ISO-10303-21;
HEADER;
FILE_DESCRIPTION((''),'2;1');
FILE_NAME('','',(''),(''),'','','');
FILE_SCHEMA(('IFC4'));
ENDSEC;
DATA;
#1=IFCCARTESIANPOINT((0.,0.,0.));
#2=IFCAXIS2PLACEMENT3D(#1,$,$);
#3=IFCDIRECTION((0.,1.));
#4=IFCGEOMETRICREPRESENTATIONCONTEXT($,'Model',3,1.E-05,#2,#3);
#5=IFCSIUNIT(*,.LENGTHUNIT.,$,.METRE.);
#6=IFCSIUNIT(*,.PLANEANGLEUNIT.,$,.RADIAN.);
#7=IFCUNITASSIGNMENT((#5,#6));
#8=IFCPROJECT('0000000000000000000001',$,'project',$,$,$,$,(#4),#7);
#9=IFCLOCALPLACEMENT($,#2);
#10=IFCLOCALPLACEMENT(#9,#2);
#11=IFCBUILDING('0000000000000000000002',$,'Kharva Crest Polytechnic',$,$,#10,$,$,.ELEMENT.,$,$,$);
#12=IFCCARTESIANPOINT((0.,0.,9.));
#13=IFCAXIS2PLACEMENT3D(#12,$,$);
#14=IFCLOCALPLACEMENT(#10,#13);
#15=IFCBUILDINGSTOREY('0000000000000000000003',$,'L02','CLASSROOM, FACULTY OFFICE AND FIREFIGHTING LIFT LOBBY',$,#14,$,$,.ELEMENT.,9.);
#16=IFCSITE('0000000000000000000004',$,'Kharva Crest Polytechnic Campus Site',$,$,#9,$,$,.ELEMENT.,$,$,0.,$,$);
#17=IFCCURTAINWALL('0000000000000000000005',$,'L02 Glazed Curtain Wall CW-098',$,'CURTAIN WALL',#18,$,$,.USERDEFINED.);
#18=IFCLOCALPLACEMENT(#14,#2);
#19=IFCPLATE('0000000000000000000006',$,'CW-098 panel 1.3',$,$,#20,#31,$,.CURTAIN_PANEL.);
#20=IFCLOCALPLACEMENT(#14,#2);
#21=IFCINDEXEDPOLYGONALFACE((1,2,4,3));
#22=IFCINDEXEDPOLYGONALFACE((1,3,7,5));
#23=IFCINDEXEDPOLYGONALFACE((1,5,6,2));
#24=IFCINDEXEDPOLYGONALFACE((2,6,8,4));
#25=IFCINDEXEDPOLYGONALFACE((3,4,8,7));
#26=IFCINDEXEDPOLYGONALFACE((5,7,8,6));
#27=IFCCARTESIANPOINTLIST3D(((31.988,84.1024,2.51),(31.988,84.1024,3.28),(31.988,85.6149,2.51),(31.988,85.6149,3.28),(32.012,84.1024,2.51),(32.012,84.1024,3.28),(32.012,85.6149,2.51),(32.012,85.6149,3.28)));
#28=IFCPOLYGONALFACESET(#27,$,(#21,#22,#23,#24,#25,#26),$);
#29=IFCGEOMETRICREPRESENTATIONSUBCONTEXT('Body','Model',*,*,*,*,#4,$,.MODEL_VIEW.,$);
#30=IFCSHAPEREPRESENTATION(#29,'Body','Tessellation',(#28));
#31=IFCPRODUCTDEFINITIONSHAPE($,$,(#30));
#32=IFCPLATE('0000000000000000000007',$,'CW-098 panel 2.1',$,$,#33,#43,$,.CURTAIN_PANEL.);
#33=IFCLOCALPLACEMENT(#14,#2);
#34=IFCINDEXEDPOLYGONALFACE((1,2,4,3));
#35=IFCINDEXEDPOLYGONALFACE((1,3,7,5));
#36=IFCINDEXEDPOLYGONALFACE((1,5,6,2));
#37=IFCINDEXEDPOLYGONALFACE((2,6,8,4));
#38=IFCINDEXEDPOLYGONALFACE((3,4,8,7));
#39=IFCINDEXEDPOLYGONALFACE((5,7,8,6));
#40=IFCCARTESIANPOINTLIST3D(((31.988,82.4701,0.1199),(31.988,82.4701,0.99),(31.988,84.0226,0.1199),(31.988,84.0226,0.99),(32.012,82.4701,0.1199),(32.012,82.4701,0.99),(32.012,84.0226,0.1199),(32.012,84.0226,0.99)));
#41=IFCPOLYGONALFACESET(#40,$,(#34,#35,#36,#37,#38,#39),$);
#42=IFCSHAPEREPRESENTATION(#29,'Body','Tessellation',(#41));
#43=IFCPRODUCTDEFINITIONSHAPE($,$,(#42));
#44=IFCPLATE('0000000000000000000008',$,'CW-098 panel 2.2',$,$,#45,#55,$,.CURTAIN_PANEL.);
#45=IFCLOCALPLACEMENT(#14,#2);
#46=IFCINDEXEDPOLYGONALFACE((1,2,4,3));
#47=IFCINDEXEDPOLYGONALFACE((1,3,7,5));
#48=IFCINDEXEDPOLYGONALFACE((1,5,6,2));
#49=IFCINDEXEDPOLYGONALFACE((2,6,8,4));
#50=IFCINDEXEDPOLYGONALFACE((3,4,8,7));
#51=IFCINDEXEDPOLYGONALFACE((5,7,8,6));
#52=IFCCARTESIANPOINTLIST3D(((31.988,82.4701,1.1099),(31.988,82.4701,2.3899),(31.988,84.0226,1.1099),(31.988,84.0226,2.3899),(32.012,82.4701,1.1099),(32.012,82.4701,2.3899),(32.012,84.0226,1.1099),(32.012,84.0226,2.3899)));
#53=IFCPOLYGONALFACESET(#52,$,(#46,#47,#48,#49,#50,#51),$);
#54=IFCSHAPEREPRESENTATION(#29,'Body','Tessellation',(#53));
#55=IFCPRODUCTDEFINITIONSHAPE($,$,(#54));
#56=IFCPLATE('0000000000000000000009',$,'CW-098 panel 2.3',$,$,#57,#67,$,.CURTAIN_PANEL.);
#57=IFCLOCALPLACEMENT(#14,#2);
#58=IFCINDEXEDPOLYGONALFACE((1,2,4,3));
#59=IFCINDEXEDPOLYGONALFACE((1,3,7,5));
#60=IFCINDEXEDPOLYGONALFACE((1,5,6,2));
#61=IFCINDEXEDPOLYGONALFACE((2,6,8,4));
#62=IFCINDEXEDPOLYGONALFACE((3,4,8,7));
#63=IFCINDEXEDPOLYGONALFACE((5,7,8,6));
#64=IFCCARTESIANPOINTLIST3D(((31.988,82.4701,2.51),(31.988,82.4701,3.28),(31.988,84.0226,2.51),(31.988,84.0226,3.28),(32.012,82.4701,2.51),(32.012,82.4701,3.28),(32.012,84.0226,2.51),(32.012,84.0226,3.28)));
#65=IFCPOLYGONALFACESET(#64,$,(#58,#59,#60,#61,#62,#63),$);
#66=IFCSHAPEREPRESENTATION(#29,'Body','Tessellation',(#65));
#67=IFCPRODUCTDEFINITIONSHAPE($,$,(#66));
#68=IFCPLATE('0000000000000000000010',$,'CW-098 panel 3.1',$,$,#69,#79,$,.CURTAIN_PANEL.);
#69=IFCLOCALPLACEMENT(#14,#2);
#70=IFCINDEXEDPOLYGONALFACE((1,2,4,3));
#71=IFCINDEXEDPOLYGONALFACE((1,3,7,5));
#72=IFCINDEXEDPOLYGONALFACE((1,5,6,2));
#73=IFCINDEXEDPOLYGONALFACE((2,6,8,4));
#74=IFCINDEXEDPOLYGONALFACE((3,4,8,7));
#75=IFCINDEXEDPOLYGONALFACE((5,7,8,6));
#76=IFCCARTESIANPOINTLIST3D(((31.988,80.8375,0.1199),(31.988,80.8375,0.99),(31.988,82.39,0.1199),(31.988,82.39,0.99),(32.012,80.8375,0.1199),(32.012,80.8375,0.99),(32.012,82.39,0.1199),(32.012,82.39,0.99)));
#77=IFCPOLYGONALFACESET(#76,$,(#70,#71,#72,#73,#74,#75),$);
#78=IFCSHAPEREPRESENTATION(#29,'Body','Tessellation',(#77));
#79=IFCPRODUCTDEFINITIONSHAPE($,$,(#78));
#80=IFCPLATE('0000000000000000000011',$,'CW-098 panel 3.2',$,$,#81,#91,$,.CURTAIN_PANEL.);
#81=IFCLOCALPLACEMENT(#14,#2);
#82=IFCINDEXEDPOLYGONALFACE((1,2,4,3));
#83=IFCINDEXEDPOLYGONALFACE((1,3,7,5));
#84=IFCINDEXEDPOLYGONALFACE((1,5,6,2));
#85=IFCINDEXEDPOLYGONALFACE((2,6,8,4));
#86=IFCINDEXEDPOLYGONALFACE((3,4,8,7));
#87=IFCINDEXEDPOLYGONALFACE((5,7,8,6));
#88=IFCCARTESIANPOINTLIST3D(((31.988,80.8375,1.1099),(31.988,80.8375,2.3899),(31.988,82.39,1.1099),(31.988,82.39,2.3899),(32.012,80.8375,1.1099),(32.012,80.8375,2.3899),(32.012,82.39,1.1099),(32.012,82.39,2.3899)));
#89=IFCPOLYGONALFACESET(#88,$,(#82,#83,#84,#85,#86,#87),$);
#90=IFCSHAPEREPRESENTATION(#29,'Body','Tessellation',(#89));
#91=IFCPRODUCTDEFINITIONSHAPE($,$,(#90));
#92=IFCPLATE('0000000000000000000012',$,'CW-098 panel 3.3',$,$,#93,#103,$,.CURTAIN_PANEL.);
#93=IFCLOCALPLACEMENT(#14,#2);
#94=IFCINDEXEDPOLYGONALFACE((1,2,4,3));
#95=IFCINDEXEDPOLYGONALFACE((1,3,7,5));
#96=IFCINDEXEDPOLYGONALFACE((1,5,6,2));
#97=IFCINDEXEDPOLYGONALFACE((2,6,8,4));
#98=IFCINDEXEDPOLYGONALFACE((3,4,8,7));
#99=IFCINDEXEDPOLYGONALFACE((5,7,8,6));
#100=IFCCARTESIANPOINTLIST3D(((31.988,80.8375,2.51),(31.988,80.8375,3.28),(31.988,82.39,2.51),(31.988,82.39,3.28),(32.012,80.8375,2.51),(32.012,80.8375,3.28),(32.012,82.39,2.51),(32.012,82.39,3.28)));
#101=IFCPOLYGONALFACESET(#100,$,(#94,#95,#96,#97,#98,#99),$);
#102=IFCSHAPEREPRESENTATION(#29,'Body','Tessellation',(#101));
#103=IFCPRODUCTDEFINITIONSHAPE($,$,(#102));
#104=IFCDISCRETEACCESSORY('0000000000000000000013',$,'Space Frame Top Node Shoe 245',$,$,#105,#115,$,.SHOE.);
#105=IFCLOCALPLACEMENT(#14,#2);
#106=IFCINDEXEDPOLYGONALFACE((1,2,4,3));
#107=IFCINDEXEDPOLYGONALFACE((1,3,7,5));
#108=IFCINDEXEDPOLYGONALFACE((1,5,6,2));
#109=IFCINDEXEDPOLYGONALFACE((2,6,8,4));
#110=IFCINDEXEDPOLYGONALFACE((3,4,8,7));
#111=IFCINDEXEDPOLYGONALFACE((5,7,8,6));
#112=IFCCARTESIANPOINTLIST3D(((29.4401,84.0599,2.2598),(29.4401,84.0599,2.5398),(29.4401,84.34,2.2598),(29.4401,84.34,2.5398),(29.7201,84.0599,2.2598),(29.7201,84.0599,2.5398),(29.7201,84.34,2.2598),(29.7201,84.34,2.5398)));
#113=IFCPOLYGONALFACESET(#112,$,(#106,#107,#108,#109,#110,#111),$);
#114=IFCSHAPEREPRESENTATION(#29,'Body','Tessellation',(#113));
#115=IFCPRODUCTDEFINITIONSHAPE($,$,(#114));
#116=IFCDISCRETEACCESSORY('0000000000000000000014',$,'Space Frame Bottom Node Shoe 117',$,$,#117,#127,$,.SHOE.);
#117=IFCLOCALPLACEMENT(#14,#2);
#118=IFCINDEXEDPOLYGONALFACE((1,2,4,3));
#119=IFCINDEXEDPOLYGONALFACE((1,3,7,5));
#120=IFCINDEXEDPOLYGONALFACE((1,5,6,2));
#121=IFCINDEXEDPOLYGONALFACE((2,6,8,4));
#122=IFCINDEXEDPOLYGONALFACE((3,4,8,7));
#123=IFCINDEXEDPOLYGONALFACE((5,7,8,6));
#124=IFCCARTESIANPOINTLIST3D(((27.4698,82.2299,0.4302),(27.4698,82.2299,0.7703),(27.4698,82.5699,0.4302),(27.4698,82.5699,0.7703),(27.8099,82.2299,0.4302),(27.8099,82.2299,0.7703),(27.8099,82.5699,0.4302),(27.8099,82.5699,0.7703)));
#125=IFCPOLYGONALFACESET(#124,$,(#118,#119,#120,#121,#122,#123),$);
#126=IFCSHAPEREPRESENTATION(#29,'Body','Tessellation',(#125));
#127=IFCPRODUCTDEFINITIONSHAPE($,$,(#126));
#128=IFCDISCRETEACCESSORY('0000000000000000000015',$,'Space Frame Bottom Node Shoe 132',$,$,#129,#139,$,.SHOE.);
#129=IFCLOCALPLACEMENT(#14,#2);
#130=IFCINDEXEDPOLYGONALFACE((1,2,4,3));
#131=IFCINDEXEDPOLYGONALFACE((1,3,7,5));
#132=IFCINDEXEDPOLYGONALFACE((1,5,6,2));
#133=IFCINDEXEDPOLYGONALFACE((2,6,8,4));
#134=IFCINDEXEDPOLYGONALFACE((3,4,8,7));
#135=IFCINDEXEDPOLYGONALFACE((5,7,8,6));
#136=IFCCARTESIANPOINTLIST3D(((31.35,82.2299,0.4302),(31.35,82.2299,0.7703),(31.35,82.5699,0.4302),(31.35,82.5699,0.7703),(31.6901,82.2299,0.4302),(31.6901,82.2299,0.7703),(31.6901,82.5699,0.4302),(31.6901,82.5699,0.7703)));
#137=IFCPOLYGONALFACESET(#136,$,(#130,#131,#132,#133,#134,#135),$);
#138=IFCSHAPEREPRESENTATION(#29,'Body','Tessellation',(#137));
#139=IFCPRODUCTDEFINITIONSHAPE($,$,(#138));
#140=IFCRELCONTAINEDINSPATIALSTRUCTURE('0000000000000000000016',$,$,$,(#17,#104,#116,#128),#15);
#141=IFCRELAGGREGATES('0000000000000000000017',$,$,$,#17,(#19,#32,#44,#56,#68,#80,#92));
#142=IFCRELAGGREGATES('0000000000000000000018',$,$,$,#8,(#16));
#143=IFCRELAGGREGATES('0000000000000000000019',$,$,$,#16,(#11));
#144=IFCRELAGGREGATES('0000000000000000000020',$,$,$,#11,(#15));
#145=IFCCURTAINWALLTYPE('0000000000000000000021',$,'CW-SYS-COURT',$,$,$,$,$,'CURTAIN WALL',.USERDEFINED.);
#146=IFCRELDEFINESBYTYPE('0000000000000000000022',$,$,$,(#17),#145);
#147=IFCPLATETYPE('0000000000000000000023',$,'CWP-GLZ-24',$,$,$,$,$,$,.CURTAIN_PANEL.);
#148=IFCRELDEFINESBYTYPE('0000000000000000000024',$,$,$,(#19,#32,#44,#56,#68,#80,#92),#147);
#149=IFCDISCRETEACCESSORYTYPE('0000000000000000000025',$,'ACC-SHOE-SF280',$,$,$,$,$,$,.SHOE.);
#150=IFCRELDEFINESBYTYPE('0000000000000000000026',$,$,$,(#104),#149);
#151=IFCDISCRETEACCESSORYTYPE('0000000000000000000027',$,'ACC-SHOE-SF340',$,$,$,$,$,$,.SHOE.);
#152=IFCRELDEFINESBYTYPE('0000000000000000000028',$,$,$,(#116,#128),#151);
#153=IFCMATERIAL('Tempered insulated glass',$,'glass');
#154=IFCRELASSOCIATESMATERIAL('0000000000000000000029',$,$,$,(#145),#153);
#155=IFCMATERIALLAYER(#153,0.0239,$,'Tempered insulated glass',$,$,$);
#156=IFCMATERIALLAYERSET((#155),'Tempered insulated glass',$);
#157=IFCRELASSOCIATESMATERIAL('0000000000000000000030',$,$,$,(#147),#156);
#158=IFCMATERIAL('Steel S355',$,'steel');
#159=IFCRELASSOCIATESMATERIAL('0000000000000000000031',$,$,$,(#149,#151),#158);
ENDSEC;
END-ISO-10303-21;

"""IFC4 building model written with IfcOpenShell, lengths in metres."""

from ifc_helpers import new_model, si_unit, direction, frame, origin, origin_2d, place, context, subcontext, project, spatial, rectangle, extrude, material, layer, layer_set, type_object, element, aggregate, save


model = new_model("IFC4")

# Units and contexts
model_context = context("Model", 3, precision=1e-05, world=origin(), true_north=direction((0.0, 1.0)))
body_context = subcontext(model_context, "Body", "Model", "MODEL_VIEW")
ifc_project = project(units=[si_unit("LENGTHUNIT", "METRE"), si_unit("PLANEANGLEUNIT", "RADIAN")], contexts=[model_context])

# Site, building, storey
site_placement = place(None, origin())
site = spatial("IfcSite", under=ifc_project, at=site_placement, Name="Kharva Crest Polytechnic Campus Site", CompositionType="ELEMENT", RefElevation=0.0)
building_placement = place(site_placement, origin())
building = spatial("IfcBuilding", under=site, at=building_placement, Name="Kharva Crest Polytechnic", CompositionType="ELEMENT")
storey_placement = place(building_placement, frame((0.0, 0.0, 9.0)))
storey = spatial("IfcBuildingStorey", under=building, at=storey_placement, Name="L02", Description="CLASSROOM, FACULTY OFFICE AND FIREFIGHTING LIFT LOBBY", CompositionType="ELEMENT", Elevation=9.0)

# Shared definitions
ifc_material_1 = material(Name="Steel S355", Category="steel")

# Curtain wall
ifc_material_2 = material(Name="Tempered insulated glass", Category="glass")
curtain_wall_type = type_object("IfcCurtainWallType", Name="CW-SYS-COURT", ElementType="CURTAIN WALL", PredefinedType="USERDEFINED", material=ifc_material_2)
curtain_wall_placement = place(storey_placement, origin())
curtain_wall = element("IfcCurtainWall", 1, at=curtain_wall_placement, inside=storey, type_object=curtain_wall_type, Name="L02 Glazed Curtain Wall CW-098", ObjectType="CURTAIN WALL", PredefinedType="USERDEFINED")

# Plates
ifc_layer = layer(ifc_material_2, 0.0239, Name="Tempered insulated glass")
ifc_layer_set = layer_set([ifc_layer], Name="Tempered insulated glass")
plate_type = type_object("IfcPlateType", Name="CWP-GLZ-24", PredefinedType="CURTAIN_PANEL", material=ifc_layer_set)
plate_1_placement = place(storey_placement, frame((32.0, 84.8586, 2.51), z_axis=(0.0, 0.0, 1.0), x_axis=(0.0, -1.0, 0.0)))
plate_1 = element("IfcPlate", 2, at=plate_1_placement, type_object=plate_type, Name="CW-098 panel 1.3", PredefinedType="CURTAIN_PANEL", context=body_context, shape_type="SweptSolid", body=[
    extrude(rectangle(XDim=1.5125, YDim=0.0239, at=origin_2d()), origin(), (0.0, 0.0, 1.0), 0.77),
])
plate_2_placement = place(storey_placement, frame((32.0, 83.2463, 0.1199), z_axis=(0.0, 0.0, 1.0), x_axis=(0.0, -1.0, 0.0)))
plate_2 = element("IfcPlate", 3, at=plate_2_placement, type_object=plate_type, Name="CW-098 panel 2.1", PredefinedType="CURTAIN_PANEL", context=body_context, shape_type="SweptSolid", body=[
    extrude(rectangle(XDim=1.5525, YDim=0.0239, at=origin_2d()), origin(), (0.0, 0.0, 1.0), 0.8701),
])
plate_3_placement = place(storey_placement, frame((32.0, 83.2463, 1.1099), z_axis=(0.0, 0.0, 1.0), x_axis=(0.0, -1.0, 0.0)))
plate_3 = element("IfcPlate", 4, at=plate_3_placement, type_object=plate_type, Name="CW-098 panel 2.2", PredefinedType="CURTAIN_PANEL", context=body_context, shape_type="SweptSolid", body=[
    extrude(rectangle(XDim=1.5525, YDim=0.0239, at=origin_2d()), origin(), (0.0, 0.0, 1.0), 1.28),
])
plate_4_placement = place(storey_placement, frame((32.0, 83.2463, 2.51), z_axis=(0.0, 0.0, 1.0), x_axis=(0.0, -1.0, 0.0)))
plate_4 = element("IfcPlate", 5, at=plate_4_placement, type_object=plate_type, Name="CW-098 panel 2.3", PredefinedType="CURTAIN_PANEL", context=body_context, shape_type="SweptSolid", body=[
    extrude(rectangle(XDim=1.5525, YDim=0.0239, at=origin_2d()), origin(), (0.0, 0.0, 1.0), 0.77),
])
plate_5_placement = place(storey_placement, frame((32.0, 81.6138, 0.1199), z_axis=(0.0, 0.0, 1.0), x_axis=(0.0, -1.0, 0.0)))
plate_5 = element("IfcPlate", 6, at=plate_5_placement, type_object=plate_type, Name="CW-098 panel 3.1", PredefinedType="CURTAIN_PANEL", context=body_context, shape_type="SweptSolid", body=[
    extrude(rectangle(XDim=1.5525, YDim=0.0239, at=origin_2d()), origin(), (0.0, 0.0, 1.0), 0.8701),
])
plate_6_placement = place(storey_placement, frame((32.0, 81.6138, 1.1099), z_axis=(0.0, 0.0, 1.0), x_axis=(0.0, -1.0, 0.0)))
plate_6 = element("IfcPlate", 7, at=plate_6_placement, type_object=plate_type, Name="CW-098 panel 3.2", PredefinedType="CURTAIN_PANEL", context=body_context, shape_type="SweptSolid", body=[
    extrude(rectangle(XDim=1.5525, YDim=0.0239, at=origin_2d()), origin(), (0.0, 0.0, 1.0), 1.28),
])
plate_7_placement = place(storey_placement, frame((32.0, 81.6138, 2.51), z_axis=(0.0, 0.0, 1.0), x_axis=(0.0, -1.0, 0.0)))
plate_7 = element("IfcPlate", 8, at=plate_7_placement, type_object=plate_type, Name="CW-098 panel 3.3", PredefinedType="CURTAIN_PANEL", context=body_context, shape_type="SweptSolid", body=[
    extrude(rectangle(XDim=1.5525, YDim=0.0239, at=origin_2d()), origin(), (0.0, 0.0, 1.0), 0.77),
])
aggregate(curtain_wall, [plate_1, plate_2, plate_3, plate_4, plate_5, plate_6, plate_7])

# Discrete accessories
discrete_accessory_type_1 = type_object("IfcDiscreteAccessoryType", Name="ACC-SHOE-SF280", PredefinedType="SHOE", material=ifc_material_1)
discrete_accessory_placement = place(storey_placement, frame((29.5801, 84.2, 2.2598), z_axis=(0.0, 0.0, 1.0), x_axis=(1.0, 0.0, 0.0)))
element("IfcDiscreteAccessory", 9, at=discrete_accessory_placement, inside=storey, type_object=discrete_accessory_type_1, Name="Space Frame Top Node Shoe 245", PredefinedType="SHOE", context=body_context, shape_type="SweptSolid", body=[
    extrude(rectangle(XDim=0.28, YDim=0.28, at=origin_2d()), origin(), (0.0, 0.0, 1.0), 0.28),
])
discrete_accessory_type_2 = type_object("IfcDiscreteAccessoryType", Name="ACC-SHOE-SF340", PredefinedType="SHOE", material=ifc_material_1)
for number, where, z_axis, x_axis, name in (
    (10, (27.6399, 82.3999, 0.4302), (0.0, 0.0, 1.0), (1.0, 0.0, 0.0), "Space Frame Bottom Node Shoe 117"),
    (11, (31.52, 82.3999, 0.4302), (0.0, 0.0, 1.0), (1.0, 0.0, 0.0), "Space Frame Bottom Node Shoe 132"),
):
    element("IfcDiscreteAccessory", number, at=place(storey_placement, frame(where, z_axis=z_axis, x_axis=x_axis)), inside=storey, type_object=discrete_accessory_type_2, Name=name, PredefinedType="SHOE", context=body_context, shape_type="SweptSolid", body=[
        extrude(rectangle(XDim=0.3401, YDim=0.3401, at=origin_2d()), origin(), (0.0, 0.0, 1.0), 0.3401),
    ])

save(model, "model.ifc")
